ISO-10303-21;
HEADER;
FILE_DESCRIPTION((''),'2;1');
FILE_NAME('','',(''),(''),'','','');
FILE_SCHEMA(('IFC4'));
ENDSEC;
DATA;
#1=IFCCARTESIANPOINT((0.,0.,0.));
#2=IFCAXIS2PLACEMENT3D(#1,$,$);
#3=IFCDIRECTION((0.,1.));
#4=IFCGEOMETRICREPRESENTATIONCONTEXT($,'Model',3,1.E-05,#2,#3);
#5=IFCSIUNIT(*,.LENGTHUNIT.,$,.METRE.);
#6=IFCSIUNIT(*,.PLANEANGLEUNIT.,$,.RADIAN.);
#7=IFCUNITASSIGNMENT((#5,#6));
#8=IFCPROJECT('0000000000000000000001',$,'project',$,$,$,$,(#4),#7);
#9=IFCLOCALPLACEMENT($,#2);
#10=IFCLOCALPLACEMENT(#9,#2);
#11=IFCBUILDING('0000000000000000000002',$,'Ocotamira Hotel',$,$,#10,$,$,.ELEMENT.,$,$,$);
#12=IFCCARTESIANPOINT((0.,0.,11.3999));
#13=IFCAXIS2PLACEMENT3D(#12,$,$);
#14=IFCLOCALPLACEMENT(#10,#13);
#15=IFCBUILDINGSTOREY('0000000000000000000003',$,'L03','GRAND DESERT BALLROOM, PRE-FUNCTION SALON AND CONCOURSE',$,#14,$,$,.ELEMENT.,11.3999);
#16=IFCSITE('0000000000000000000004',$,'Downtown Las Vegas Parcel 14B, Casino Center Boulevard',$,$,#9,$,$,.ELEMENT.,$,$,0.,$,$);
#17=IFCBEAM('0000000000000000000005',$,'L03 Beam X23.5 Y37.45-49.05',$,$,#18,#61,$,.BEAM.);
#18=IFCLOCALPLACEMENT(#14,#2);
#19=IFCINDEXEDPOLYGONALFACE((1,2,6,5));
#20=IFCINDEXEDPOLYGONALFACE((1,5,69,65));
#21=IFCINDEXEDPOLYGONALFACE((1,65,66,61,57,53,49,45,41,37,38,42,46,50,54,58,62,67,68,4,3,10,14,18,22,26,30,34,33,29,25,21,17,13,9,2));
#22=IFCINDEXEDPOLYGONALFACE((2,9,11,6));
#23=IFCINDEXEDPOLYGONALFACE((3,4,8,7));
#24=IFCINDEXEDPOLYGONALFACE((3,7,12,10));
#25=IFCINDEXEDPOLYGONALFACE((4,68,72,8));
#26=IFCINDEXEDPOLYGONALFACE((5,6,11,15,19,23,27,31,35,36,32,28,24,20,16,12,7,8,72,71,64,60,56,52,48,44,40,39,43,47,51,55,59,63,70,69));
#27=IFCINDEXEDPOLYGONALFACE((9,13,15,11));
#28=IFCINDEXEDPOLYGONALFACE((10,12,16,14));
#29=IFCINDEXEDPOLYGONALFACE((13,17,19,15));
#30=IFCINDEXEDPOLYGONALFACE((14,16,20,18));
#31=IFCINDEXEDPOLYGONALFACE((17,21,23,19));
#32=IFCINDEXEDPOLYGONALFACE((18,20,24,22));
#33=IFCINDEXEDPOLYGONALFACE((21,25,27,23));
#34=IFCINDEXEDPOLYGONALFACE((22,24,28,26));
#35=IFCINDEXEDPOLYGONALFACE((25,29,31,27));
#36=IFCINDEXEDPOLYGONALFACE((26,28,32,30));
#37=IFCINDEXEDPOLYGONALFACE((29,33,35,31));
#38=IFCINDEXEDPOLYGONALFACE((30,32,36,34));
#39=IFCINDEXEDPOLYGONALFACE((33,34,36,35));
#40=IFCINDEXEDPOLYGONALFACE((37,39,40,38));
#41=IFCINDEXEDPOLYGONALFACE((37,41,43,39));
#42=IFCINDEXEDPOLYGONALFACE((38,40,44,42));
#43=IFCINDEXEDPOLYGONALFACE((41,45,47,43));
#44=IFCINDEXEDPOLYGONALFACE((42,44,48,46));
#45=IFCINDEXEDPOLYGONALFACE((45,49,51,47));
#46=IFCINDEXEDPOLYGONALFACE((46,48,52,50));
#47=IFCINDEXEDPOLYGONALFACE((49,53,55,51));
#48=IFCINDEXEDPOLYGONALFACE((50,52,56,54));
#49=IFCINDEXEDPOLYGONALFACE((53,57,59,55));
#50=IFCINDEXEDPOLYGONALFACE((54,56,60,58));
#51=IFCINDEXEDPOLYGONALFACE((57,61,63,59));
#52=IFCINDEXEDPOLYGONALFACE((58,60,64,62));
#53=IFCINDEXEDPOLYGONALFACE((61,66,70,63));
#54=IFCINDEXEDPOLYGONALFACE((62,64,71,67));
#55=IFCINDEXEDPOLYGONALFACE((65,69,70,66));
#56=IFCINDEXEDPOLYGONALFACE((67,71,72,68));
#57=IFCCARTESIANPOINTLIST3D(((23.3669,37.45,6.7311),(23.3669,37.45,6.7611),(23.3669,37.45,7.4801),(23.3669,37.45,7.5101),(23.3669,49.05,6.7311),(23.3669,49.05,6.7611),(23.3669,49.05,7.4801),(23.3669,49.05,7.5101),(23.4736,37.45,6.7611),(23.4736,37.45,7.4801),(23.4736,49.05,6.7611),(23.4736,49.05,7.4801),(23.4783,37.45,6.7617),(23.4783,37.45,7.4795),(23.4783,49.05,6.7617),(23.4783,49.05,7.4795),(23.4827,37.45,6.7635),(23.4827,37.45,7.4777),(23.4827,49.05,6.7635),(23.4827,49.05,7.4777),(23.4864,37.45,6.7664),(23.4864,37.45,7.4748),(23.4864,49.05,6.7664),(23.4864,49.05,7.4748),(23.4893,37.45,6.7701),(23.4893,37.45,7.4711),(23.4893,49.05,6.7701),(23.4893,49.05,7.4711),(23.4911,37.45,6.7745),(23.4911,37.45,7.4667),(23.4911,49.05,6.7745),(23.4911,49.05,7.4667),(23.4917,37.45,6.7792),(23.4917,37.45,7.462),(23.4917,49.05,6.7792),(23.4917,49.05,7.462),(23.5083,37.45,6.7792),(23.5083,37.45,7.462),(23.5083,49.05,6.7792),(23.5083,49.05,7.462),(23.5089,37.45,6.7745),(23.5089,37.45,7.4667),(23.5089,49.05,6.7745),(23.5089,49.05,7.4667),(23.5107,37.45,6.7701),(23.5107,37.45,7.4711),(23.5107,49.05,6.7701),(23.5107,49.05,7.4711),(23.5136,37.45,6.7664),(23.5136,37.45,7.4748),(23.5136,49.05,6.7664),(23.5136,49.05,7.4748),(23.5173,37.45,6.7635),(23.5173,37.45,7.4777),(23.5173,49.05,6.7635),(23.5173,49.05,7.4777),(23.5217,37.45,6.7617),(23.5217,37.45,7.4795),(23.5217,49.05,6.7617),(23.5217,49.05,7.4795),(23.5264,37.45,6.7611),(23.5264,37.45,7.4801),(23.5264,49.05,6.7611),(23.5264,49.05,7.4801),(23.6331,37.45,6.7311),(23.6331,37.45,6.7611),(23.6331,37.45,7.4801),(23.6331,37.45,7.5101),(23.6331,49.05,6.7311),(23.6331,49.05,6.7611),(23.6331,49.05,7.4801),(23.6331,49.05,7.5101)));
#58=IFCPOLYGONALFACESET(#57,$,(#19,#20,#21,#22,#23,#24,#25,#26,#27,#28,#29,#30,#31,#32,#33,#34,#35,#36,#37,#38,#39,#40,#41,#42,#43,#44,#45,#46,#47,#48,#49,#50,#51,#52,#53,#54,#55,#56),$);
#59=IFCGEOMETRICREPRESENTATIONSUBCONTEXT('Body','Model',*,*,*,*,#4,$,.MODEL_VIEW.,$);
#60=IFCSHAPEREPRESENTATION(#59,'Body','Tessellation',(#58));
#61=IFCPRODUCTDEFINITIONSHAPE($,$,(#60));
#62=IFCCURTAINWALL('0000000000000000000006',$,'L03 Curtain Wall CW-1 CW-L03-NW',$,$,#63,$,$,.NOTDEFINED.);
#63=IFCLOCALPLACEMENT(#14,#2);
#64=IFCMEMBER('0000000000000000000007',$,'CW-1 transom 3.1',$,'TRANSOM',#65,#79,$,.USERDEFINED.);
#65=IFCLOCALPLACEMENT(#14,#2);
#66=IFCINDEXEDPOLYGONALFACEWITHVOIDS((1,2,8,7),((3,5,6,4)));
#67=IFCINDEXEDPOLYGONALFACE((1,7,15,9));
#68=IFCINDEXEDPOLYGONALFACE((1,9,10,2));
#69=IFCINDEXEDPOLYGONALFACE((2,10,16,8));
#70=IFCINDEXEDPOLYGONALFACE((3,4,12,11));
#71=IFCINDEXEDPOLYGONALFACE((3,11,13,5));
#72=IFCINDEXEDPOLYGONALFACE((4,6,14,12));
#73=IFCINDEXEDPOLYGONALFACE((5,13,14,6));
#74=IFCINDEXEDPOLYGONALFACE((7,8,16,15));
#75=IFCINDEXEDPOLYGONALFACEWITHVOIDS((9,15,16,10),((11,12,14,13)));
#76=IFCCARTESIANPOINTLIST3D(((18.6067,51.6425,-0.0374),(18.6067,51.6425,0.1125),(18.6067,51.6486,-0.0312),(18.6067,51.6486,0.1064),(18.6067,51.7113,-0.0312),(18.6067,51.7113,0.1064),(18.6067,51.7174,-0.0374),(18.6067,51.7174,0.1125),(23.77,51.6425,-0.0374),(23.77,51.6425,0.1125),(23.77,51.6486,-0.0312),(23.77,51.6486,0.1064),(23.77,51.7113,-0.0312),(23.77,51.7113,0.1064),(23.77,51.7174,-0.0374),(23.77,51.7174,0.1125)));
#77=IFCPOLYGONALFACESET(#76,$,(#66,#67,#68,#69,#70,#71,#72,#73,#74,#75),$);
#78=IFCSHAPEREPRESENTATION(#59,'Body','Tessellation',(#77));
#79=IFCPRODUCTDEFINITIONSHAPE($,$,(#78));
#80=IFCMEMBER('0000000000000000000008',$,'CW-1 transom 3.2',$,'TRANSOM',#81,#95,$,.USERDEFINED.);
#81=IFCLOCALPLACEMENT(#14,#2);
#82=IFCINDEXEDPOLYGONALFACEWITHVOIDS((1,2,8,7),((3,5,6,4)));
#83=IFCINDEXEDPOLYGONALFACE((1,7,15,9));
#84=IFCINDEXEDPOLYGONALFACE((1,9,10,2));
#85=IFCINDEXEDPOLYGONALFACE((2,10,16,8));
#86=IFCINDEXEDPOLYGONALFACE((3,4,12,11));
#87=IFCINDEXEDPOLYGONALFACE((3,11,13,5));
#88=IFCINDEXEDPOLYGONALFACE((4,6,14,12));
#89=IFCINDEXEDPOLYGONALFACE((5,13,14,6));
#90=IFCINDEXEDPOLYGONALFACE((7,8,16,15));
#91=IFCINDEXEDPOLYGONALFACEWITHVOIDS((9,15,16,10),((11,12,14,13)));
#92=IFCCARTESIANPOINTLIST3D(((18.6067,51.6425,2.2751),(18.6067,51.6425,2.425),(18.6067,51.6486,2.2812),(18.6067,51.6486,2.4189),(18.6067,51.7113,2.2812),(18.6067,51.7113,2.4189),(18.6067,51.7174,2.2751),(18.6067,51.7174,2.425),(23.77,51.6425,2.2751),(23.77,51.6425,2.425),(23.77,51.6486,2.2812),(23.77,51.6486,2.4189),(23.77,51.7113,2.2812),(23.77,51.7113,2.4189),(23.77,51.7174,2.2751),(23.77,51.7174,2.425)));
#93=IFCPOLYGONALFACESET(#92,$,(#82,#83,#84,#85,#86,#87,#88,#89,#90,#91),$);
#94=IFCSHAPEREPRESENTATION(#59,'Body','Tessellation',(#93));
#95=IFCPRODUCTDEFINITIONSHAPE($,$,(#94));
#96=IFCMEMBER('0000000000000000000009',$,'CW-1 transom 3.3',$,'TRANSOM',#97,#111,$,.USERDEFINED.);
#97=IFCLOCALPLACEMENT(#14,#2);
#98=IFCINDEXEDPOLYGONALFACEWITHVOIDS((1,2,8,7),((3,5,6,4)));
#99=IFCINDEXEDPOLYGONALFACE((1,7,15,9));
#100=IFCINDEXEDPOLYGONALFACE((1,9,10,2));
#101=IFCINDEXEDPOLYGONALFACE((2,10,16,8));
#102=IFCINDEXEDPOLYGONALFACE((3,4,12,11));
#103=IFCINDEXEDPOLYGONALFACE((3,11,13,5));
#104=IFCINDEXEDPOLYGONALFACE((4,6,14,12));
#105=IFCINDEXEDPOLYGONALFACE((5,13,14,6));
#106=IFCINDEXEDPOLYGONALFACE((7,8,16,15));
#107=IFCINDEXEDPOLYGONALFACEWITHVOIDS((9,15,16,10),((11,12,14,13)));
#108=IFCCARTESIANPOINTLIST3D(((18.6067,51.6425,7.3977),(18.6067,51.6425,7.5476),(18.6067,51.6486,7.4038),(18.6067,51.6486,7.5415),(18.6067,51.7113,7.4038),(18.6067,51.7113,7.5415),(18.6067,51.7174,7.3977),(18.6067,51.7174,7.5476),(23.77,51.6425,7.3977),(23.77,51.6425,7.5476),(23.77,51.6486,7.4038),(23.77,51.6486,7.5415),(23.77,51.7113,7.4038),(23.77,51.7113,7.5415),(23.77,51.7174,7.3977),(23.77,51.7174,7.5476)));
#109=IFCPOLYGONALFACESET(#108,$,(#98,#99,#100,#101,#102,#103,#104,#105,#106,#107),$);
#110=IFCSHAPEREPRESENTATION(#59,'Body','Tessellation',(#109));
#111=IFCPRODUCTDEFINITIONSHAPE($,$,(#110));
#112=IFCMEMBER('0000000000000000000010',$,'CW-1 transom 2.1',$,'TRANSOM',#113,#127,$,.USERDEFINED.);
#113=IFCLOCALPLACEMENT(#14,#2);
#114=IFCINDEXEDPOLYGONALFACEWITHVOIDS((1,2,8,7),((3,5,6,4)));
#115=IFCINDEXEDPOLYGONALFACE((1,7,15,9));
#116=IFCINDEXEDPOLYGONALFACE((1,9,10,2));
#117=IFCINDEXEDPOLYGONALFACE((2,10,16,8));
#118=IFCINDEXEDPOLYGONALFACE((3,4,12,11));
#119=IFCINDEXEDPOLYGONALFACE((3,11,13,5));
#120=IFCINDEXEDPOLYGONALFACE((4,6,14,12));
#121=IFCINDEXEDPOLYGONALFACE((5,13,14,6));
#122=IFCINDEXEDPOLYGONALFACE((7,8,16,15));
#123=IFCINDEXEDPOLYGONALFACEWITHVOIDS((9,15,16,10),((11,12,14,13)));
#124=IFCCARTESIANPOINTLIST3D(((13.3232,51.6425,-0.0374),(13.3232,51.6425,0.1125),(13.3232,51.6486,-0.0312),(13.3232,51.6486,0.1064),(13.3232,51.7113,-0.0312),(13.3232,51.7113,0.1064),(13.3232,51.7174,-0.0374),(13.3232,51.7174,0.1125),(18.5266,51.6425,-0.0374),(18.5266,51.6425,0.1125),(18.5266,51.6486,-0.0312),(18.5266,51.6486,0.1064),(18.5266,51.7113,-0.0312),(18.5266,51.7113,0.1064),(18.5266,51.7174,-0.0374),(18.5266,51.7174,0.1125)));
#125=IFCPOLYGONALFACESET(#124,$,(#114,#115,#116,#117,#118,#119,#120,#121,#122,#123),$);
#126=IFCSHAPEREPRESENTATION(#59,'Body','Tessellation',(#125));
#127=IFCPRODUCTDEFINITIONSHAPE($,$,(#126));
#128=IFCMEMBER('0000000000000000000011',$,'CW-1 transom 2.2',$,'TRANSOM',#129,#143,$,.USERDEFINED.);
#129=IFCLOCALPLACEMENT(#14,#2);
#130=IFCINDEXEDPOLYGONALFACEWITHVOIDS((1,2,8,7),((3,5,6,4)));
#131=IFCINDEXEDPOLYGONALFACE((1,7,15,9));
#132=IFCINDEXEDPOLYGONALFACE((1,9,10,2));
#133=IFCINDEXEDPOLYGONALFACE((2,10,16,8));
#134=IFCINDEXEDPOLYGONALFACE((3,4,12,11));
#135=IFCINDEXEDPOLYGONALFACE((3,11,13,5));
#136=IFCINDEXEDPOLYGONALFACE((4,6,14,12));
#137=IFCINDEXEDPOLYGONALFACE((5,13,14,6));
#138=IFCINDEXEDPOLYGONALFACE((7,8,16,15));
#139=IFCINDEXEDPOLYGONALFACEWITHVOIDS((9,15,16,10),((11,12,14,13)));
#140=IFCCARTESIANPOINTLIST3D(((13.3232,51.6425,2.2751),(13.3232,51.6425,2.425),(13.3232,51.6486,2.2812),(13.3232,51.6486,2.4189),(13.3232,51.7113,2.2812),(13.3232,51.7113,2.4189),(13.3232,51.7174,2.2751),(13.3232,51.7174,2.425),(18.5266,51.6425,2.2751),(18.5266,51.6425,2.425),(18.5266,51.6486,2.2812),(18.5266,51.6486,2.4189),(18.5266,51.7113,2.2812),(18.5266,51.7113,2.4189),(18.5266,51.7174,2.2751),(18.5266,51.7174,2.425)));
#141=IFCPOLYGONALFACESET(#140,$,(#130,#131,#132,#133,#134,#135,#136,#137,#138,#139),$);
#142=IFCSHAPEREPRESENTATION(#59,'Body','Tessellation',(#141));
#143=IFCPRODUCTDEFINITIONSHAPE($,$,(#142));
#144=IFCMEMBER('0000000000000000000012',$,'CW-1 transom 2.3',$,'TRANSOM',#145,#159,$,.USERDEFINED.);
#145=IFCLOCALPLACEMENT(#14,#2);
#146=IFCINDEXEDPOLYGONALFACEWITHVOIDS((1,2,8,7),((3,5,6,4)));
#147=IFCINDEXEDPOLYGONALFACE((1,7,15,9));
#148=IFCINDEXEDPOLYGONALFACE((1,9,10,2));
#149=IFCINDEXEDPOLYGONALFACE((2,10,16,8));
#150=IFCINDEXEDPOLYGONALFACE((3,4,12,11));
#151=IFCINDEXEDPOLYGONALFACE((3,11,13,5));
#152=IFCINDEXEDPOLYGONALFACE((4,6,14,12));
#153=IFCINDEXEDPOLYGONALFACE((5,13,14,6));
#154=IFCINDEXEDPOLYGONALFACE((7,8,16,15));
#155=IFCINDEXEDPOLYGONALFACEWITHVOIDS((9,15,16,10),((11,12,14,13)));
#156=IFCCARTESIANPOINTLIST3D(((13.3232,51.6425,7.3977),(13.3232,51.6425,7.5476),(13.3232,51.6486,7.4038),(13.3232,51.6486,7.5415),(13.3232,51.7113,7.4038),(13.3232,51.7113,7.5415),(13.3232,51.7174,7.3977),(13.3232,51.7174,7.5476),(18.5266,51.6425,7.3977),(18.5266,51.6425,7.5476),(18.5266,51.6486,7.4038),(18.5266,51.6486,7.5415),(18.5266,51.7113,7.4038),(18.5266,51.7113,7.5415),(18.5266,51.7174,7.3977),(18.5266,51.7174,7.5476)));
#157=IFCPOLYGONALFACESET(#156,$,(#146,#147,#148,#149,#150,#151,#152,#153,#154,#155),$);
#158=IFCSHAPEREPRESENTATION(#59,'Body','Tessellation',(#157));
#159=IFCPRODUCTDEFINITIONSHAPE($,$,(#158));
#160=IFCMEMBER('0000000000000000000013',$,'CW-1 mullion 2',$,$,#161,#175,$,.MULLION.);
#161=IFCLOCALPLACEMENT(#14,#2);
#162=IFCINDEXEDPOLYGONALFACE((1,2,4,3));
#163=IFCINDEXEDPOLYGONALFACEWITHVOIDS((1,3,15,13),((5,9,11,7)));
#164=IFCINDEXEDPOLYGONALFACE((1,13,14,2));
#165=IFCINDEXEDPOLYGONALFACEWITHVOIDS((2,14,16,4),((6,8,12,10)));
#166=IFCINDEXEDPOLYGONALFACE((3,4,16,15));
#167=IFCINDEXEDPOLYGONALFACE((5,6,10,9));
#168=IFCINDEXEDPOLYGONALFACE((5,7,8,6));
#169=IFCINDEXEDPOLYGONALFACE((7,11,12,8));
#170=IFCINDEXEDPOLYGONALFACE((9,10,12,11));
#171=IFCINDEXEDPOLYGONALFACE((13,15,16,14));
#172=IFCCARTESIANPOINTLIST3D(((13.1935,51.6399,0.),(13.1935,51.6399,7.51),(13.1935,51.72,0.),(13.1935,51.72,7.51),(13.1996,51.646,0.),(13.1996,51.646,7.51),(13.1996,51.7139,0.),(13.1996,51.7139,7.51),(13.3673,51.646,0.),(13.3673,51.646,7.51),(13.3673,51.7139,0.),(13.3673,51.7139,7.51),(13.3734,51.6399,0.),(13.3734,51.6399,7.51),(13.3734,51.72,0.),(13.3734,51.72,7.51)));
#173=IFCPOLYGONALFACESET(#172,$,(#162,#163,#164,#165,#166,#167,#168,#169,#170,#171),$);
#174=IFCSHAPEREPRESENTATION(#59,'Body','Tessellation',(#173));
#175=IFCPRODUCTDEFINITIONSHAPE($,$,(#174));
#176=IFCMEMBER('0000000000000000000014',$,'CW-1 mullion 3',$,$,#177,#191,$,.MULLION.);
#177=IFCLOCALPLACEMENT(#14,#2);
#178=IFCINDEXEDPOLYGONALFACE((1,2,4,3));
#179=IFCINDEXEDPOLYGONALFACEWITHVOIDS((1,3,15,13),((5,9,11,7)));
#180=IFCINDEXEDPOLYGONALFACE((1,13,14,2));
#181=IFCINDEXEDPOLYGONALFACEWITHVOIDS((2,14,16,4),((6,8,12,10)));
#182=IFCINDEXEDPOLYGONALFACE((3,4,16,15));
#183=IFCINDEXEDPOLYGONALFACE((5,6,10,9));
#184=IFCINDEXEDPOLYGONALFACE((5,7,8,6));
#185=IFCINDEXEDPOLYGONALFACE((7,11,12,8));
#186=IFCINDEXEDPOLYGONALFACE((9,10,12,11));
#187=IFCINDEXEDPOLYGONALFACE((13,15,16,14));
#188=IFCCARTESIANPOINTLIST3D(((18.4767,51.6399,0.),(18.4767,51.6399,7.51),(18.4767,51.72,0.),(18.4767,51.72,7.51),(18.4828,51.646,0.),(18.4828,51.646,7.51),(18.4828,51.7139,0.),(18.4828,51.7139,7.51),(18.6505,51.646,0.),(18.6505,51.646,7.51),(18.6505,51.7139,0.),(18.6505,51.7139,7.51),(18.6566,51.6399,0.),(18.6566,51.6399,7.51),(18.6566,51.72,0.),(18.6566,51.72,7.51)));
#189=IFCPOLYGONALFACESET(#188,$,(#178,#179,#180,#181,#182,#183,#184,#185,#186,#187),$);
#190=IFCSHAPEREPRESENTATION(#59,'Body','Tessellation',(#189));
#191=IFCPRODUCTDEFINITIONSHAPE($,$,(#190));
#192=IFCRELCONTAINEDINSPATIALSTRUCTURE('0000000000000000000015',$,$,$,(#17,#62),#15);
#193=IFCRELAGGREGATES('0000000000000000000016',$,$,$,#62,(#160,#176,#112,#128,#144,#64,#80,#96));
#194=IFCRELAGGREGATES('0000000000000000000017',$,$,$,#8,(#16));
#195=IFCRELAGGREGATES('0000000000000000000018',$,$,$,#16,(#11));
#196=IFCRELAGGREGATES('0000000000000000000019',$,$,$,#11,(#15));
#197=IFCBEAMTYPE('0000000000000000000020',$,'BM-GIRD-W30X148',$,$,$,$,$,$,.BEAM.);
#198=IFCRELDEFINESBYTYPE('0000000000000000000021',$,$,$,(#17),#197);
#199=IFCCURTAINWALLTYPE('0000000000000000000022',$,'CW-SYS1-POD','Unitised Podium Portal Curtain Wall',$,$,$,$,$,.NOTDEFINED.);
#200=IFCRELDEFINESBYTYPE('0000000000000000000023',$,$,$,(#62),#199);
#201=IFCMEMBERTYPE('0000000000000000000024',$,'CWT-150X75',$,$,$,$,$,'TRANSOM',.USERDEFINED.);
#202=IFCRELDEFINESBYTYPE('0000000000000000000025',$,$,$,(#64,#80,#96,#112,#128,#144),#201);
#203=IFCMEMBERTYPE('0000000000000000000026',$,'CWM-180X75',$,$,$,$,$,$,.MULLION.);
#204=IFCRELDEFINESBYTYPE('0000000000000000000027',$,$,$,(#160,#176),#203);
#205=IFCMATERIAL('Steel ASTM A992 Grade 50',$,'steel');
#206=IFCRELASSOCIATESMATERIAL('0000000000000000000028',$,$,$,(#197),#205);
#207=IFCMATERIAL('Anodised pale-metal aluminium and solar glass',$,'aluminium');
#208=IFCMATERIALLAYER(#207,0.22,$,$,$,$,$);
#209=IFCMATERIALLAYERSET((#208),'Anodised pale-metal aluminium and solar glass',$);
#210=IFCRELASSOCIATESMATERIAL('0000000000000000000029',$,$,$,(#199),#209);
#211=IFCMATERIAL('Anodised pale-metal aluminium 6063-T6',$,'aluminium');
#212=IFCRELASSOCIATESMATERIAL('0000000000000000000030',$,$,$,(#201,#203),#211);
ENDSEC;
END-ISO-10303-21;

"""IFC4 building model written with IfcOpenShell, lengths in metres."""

from ifc_helpers import new_model, si_unit, direction, frame, origin, origin_2d, place, context, subcontext, project, spatial, hollow_rectangle, i_section, extrude, source, transform, mapped, material, layer, layer_set, material_profile, profile_set, type_object, element, aggregate, save


model = new_model("IFC4")

# Units and contexts
model_context = context("Model", 3, precision=1e-05, world=origin(), true_north=direction((0.0, 1.0)))
body_context = subcontext(model_context, "Body", "Model", "MODEL_VIEW")
ifc_project = project(units=[si_unit("LENGTHUNIT", "METRE"), si_unit("PLANEANGLEUNIT", "RADIAN")], contexts=[model_context])

# Site, building, storey
site_placement = place(None, origin())
site = spatial("IfcSite", under=ifc_project, at=site_placement, Name="Downtown Las Vegas Parcel 14B, Casino Center Boulevard", CompositionType="ELEMENT", RefElevation=0.0)
building_placement = place(site_placement, origin())
building = spatial("IfcBuilding", under=site, at=building_placement, Name="Ocotamira Hotel", CompositionType="ELEMENT")
storey_placement = place(building_placement, frame((0.0, 0.0, 11.3999)))
storey = spatial("IfcBuildingStorey", under=building, at=storey_placement, Name="L03", Description="GRAND DESERT BALLROOM, PRE-FUNCTION SALON AND CONCOURSE", CompositionType="ELEMENT", Elevation=11.3999)

# Beam
ifc_material_1 = material(Name="Steel ASTM A992 Grade 50", Category="steel")
ifc_material_profile_1 = material_profile(ifc_material_1, i_section(OverallWidth=0.2661, OverallDepth=0.7791, WebThickness=0.0166, FlangeThickness=0.03, FilletRadius=0.0181, at=origin_2d()), Name="W30X148")
ifc_profile_set_1 = profile_set([ifc_material_profile_1], Name="Steel ASTM A992 Grade 50")
beam_type_1 = type_object("IfcBeamType", Name="BM-GIRD-W30X148", PredefinedType="BEAM", material=ifc_profile_set_1)
shared_shape_1 = source(origin(), body_context, "Body", "SweptSolid", [
    extrude(i_section(OverallWidth=0.2661, OverallDepth=0.7791, WebThickness=0.0166, FlangeThickness=0.03, FilletRadius=0.0181, at=origin_2d()), origin(), (0.0, 0.0, 1.0), 11.6001),
])
beam_1_placement = place(storey_placement, frame((23.5, 37.45, 7.1206), z_axis=(0.0, 1.0, 0.0), x_axis=(-1.0, 0.0, 0.0)))
element("IfcBeam", 1, at=beam_1_placement, inside=storey, type_object=beam_type_1, Name="L03 Beam X23.5 Y37.45-49.05", PredefinedType="BEAM", context=body_context, shape_type="MappedRepresentation", body=[
    mapped(shared_shape_1, transform((0.0, 0.0, 0.0), scale=1.0)),
])

# Curtain wall, members
ifc_material_2 = material(Name="Anodised pale-metal aluminium and solar glass", Category="aluminium")
ifc_layer_1 = layer(ifc_material_2, 0.22)
ifc_layer_set_1 = layer_set([ifc_layer_1], Name="Anodised pale-metal aluminium and solar glass")
curtain_wall_type = type_object("IfcCurtainWallType", Name="CW-SYS1-POD", Description="Unitised Podium Portal Curtain Wall", PredefinedType="NOTDEFINED", material=ifc_layer_set_1)
curtain_wall_placement = place(storey_placement, origin())
curtain_wall = element("IfcCurtainWall", 2, at=curtain_wall_placement, inside=storey, type_object=curtain_wall_type, Name="L03 Curtain Wall CW-1 CW-L03-NW", PredefinedType="NOTDEFINED")
ifc_material_3 = material(Name="Anodised pale-metal aluminium 6063-T6", Category="aluminium")
ifc_material_profile_2 = material_profile(ifc_material_3, hollow_rectangle(XDim=0.075, YDim=0.1499, WallThickness=0.0061, at=origin_2d()), Name="HSS150X75X6")
ifc_profile_set_2 = profile_set([ifc_material_profile_2], Name="Anodised pale-metal aluminium 6063-T6")
member_type_1 = type_object("IfcMemberType", Name="CWT-150X75", ElementType="TRANSOM", PredefinedType="USERDEFINED", material=ifc_profile_set_2)
shared_shape_2 = source(origin(), body_context, "Body", "SweptSolid", [
    extrude(hollow_rectangle(XDim=0.075, YDim=0.1499, WallThickness=0.0061, at=origin_2d()), origin(), (0.0, 0.0, 1.0), 5.1633),
])
member_1_placement = place(storey_placement, frame((18.6067, 51.6799, 0.0376), z_axis=(1.0, 0.0, 0.0), x_axis=(0.0, 1.0, 0.0)))
member_1 = element("IfcMember", 3, at=member_1_placement, type_object=member_type_1, Name="CW-1 transom 3.1", ObjectType="TRANSOM", PredefinedType="USERDEFINED", context=body_context, shape_type="MappedRepresentation", body=[
    mapped(shared_shape_2, transform((0.0, 0.0, 0.0), scale=1.0)),
])
member_2_placement = place(storey_placement, frame((18.6067, 51.6799, 2.3501), z_axis=(1.0, 0.0, 0.0), x_axis=(0.0, 1.0, 0.0)))
member_2 = element("IfcMember", 4, at=member_2_placement, type_object=member_type_1, Name="CW-1 transom 3.2", ObjectType="TRANSOM", PredefinedType="USERDEFINED", context=body_context, shape_type="MappedRepresentation", body=[
    mapped(shared_shape_2, transform((0.0, 0.0, 0.0), scale=1.0)),
])
member_3_placement = place(storey_placement, frame((18.6067, 51.6799, 7.4727), z_axis=(1.0, 0.0, 0.0), x_axis=(0.0, 1.0, 0.0)))
member_3 = element("IfcMember", 5, at=member_3_placement, type_object=member_type_1, Name="CW-1 transom 3.3", ObjectType="TRANSOM", PredefinedType="USERDEFINED", context=body_context, shape_type="MappedRepresentation", body=[
    mapped(shared_shape_2, transform((0.0, 0.0, 0.0), scale=1.0)),
])
shared_shape_3 = source(origin(), body_context, "Body", "SweptSolid", [
    extrude(hollow_rectangle(XDim=0.075, YDim=0.1499, WallThickness=0.0061, at=origin_2d()), origin(), (0.0, 0.0, 1.0), 5.2034),
])
member_4_placement = place(storey_placement, frame((13.3232, 51.6799, 0.0376), z_axis=(1.0, 0.0, 0.0), x_axis=(0.0, 1.0, 0.0)))
member_4 = element("IfcMember", 6, at=member_4_placement, type_object=member_type_1, Name="CW-1 transom 2.1", ObjectType="TRANSOM", PredefinedType="USERDEFINED", context=body_context, shape_type="MappedRepresentation", body=[
    mapped(shared_shape_3, transform((0.0, 0.0, 0.0), scale=1.0)),
])
member_5_placement = place(storey_placement, frame((13.3232, 51.6799, 2.3501), z_axis=(1.0, 0.0, 0.0), x_axis=(0.0, 1.0, 0.0)))
member_5 = element("IfcMember", 7, at=member_5_placement, type_object=member_type_1, Name="CW-1 transom 2.2", ObjectType="TRANSOM", PredefinedType="USERDEFINED", context=body_context, shape_type="MappedRepresentation", body=[
    mapped(shared_shape_3, transform((0.0, 0.0, 0.0), scale=1.0)),
])
member_6_placement = place(storey_placement, frame((13.3232, 51.6799, 7.4727), z_axis=(1.0, 0.0, 0.0), x_axis=(0.0, 1.0, 0.0)))
member_6 = element("IfcMember", 8, at=member_6_placement, type_object=member_type_1, Name="CW-1 transom 2.3", ObjectType="TRANSOM", PredefinedType="USERDEFINED", context=body_context, shape_type="MappedRepresentation", body=[
    mapped(shared_shape_3, transform((0.0, 0.0, 0.0), scale=1.0)),
])
ifc_material_profile_3 = material_profile(ifc_material_3, hollow_rectangle(XDim=0.0801, YDim=0.1799, WallThickness=0.0061, at=origin_2d()), Name="HSS180X80X6")
ifc_profile_set_3 = profile_set([ifc_material_profile_3], Name="Anodised pale-metal aluminium 6063-T6")
member_type_2 = type_object("IfcMemberType", Name="CWM-180X75", PredefinedType="MULLION", material=ifc_profile_set_3)
shared_shape_4 = source(origin(), body_context, "Body", "SweptSolid", [
    extrude(hollow_rectangle(XDim=0.0801, YDim=0.1799, WallThickness=0.0061, at=origin_2d()), origin(), (0.0, 0.0, 1.0), 7.51),
])
member_7_placement = place(storey_placement, frame((13.2834, 51.6799, 0.0), z_axis=(0.0, 0.0, 1.0), x_axis=(0.0, 1.0, 0.0)))
member_7 = element("IfcMember", 9, at=member_7_placement, type_object=member_type_2, Name="CW-1 mullion 2", PredefinedType="MULLION", context=body_context, shape_type="MappedRepresentation", body=[
    mapped(shared_shape_4, transform((0.0, 0.0, 0.0), scale=1.0)),
])
member_8_placement = place(storey_placement, frame((18.5667, 51.6799, 0.0), z_axis=(0.0, 0.0, 1.0), x_axis=(0.0, 1.0, 0.0)))
member_8 = element("IfcMember", 10, at=member_8_placement, type_object=member_type_2, Name="CW-1 mullion 3", PredefinedType="MULLION", context=body_context, shape_type="MappedRepresentation", body=[
    mapped(shared_shape_4, transform((0.0, 0.0, 0.0), scale=1.0)),
])
aggregate(curtain_wall, [member_7, member_8, member_4, member_5, member_6, member_1, member_2, member_3])

save(model, "model.ifc")
